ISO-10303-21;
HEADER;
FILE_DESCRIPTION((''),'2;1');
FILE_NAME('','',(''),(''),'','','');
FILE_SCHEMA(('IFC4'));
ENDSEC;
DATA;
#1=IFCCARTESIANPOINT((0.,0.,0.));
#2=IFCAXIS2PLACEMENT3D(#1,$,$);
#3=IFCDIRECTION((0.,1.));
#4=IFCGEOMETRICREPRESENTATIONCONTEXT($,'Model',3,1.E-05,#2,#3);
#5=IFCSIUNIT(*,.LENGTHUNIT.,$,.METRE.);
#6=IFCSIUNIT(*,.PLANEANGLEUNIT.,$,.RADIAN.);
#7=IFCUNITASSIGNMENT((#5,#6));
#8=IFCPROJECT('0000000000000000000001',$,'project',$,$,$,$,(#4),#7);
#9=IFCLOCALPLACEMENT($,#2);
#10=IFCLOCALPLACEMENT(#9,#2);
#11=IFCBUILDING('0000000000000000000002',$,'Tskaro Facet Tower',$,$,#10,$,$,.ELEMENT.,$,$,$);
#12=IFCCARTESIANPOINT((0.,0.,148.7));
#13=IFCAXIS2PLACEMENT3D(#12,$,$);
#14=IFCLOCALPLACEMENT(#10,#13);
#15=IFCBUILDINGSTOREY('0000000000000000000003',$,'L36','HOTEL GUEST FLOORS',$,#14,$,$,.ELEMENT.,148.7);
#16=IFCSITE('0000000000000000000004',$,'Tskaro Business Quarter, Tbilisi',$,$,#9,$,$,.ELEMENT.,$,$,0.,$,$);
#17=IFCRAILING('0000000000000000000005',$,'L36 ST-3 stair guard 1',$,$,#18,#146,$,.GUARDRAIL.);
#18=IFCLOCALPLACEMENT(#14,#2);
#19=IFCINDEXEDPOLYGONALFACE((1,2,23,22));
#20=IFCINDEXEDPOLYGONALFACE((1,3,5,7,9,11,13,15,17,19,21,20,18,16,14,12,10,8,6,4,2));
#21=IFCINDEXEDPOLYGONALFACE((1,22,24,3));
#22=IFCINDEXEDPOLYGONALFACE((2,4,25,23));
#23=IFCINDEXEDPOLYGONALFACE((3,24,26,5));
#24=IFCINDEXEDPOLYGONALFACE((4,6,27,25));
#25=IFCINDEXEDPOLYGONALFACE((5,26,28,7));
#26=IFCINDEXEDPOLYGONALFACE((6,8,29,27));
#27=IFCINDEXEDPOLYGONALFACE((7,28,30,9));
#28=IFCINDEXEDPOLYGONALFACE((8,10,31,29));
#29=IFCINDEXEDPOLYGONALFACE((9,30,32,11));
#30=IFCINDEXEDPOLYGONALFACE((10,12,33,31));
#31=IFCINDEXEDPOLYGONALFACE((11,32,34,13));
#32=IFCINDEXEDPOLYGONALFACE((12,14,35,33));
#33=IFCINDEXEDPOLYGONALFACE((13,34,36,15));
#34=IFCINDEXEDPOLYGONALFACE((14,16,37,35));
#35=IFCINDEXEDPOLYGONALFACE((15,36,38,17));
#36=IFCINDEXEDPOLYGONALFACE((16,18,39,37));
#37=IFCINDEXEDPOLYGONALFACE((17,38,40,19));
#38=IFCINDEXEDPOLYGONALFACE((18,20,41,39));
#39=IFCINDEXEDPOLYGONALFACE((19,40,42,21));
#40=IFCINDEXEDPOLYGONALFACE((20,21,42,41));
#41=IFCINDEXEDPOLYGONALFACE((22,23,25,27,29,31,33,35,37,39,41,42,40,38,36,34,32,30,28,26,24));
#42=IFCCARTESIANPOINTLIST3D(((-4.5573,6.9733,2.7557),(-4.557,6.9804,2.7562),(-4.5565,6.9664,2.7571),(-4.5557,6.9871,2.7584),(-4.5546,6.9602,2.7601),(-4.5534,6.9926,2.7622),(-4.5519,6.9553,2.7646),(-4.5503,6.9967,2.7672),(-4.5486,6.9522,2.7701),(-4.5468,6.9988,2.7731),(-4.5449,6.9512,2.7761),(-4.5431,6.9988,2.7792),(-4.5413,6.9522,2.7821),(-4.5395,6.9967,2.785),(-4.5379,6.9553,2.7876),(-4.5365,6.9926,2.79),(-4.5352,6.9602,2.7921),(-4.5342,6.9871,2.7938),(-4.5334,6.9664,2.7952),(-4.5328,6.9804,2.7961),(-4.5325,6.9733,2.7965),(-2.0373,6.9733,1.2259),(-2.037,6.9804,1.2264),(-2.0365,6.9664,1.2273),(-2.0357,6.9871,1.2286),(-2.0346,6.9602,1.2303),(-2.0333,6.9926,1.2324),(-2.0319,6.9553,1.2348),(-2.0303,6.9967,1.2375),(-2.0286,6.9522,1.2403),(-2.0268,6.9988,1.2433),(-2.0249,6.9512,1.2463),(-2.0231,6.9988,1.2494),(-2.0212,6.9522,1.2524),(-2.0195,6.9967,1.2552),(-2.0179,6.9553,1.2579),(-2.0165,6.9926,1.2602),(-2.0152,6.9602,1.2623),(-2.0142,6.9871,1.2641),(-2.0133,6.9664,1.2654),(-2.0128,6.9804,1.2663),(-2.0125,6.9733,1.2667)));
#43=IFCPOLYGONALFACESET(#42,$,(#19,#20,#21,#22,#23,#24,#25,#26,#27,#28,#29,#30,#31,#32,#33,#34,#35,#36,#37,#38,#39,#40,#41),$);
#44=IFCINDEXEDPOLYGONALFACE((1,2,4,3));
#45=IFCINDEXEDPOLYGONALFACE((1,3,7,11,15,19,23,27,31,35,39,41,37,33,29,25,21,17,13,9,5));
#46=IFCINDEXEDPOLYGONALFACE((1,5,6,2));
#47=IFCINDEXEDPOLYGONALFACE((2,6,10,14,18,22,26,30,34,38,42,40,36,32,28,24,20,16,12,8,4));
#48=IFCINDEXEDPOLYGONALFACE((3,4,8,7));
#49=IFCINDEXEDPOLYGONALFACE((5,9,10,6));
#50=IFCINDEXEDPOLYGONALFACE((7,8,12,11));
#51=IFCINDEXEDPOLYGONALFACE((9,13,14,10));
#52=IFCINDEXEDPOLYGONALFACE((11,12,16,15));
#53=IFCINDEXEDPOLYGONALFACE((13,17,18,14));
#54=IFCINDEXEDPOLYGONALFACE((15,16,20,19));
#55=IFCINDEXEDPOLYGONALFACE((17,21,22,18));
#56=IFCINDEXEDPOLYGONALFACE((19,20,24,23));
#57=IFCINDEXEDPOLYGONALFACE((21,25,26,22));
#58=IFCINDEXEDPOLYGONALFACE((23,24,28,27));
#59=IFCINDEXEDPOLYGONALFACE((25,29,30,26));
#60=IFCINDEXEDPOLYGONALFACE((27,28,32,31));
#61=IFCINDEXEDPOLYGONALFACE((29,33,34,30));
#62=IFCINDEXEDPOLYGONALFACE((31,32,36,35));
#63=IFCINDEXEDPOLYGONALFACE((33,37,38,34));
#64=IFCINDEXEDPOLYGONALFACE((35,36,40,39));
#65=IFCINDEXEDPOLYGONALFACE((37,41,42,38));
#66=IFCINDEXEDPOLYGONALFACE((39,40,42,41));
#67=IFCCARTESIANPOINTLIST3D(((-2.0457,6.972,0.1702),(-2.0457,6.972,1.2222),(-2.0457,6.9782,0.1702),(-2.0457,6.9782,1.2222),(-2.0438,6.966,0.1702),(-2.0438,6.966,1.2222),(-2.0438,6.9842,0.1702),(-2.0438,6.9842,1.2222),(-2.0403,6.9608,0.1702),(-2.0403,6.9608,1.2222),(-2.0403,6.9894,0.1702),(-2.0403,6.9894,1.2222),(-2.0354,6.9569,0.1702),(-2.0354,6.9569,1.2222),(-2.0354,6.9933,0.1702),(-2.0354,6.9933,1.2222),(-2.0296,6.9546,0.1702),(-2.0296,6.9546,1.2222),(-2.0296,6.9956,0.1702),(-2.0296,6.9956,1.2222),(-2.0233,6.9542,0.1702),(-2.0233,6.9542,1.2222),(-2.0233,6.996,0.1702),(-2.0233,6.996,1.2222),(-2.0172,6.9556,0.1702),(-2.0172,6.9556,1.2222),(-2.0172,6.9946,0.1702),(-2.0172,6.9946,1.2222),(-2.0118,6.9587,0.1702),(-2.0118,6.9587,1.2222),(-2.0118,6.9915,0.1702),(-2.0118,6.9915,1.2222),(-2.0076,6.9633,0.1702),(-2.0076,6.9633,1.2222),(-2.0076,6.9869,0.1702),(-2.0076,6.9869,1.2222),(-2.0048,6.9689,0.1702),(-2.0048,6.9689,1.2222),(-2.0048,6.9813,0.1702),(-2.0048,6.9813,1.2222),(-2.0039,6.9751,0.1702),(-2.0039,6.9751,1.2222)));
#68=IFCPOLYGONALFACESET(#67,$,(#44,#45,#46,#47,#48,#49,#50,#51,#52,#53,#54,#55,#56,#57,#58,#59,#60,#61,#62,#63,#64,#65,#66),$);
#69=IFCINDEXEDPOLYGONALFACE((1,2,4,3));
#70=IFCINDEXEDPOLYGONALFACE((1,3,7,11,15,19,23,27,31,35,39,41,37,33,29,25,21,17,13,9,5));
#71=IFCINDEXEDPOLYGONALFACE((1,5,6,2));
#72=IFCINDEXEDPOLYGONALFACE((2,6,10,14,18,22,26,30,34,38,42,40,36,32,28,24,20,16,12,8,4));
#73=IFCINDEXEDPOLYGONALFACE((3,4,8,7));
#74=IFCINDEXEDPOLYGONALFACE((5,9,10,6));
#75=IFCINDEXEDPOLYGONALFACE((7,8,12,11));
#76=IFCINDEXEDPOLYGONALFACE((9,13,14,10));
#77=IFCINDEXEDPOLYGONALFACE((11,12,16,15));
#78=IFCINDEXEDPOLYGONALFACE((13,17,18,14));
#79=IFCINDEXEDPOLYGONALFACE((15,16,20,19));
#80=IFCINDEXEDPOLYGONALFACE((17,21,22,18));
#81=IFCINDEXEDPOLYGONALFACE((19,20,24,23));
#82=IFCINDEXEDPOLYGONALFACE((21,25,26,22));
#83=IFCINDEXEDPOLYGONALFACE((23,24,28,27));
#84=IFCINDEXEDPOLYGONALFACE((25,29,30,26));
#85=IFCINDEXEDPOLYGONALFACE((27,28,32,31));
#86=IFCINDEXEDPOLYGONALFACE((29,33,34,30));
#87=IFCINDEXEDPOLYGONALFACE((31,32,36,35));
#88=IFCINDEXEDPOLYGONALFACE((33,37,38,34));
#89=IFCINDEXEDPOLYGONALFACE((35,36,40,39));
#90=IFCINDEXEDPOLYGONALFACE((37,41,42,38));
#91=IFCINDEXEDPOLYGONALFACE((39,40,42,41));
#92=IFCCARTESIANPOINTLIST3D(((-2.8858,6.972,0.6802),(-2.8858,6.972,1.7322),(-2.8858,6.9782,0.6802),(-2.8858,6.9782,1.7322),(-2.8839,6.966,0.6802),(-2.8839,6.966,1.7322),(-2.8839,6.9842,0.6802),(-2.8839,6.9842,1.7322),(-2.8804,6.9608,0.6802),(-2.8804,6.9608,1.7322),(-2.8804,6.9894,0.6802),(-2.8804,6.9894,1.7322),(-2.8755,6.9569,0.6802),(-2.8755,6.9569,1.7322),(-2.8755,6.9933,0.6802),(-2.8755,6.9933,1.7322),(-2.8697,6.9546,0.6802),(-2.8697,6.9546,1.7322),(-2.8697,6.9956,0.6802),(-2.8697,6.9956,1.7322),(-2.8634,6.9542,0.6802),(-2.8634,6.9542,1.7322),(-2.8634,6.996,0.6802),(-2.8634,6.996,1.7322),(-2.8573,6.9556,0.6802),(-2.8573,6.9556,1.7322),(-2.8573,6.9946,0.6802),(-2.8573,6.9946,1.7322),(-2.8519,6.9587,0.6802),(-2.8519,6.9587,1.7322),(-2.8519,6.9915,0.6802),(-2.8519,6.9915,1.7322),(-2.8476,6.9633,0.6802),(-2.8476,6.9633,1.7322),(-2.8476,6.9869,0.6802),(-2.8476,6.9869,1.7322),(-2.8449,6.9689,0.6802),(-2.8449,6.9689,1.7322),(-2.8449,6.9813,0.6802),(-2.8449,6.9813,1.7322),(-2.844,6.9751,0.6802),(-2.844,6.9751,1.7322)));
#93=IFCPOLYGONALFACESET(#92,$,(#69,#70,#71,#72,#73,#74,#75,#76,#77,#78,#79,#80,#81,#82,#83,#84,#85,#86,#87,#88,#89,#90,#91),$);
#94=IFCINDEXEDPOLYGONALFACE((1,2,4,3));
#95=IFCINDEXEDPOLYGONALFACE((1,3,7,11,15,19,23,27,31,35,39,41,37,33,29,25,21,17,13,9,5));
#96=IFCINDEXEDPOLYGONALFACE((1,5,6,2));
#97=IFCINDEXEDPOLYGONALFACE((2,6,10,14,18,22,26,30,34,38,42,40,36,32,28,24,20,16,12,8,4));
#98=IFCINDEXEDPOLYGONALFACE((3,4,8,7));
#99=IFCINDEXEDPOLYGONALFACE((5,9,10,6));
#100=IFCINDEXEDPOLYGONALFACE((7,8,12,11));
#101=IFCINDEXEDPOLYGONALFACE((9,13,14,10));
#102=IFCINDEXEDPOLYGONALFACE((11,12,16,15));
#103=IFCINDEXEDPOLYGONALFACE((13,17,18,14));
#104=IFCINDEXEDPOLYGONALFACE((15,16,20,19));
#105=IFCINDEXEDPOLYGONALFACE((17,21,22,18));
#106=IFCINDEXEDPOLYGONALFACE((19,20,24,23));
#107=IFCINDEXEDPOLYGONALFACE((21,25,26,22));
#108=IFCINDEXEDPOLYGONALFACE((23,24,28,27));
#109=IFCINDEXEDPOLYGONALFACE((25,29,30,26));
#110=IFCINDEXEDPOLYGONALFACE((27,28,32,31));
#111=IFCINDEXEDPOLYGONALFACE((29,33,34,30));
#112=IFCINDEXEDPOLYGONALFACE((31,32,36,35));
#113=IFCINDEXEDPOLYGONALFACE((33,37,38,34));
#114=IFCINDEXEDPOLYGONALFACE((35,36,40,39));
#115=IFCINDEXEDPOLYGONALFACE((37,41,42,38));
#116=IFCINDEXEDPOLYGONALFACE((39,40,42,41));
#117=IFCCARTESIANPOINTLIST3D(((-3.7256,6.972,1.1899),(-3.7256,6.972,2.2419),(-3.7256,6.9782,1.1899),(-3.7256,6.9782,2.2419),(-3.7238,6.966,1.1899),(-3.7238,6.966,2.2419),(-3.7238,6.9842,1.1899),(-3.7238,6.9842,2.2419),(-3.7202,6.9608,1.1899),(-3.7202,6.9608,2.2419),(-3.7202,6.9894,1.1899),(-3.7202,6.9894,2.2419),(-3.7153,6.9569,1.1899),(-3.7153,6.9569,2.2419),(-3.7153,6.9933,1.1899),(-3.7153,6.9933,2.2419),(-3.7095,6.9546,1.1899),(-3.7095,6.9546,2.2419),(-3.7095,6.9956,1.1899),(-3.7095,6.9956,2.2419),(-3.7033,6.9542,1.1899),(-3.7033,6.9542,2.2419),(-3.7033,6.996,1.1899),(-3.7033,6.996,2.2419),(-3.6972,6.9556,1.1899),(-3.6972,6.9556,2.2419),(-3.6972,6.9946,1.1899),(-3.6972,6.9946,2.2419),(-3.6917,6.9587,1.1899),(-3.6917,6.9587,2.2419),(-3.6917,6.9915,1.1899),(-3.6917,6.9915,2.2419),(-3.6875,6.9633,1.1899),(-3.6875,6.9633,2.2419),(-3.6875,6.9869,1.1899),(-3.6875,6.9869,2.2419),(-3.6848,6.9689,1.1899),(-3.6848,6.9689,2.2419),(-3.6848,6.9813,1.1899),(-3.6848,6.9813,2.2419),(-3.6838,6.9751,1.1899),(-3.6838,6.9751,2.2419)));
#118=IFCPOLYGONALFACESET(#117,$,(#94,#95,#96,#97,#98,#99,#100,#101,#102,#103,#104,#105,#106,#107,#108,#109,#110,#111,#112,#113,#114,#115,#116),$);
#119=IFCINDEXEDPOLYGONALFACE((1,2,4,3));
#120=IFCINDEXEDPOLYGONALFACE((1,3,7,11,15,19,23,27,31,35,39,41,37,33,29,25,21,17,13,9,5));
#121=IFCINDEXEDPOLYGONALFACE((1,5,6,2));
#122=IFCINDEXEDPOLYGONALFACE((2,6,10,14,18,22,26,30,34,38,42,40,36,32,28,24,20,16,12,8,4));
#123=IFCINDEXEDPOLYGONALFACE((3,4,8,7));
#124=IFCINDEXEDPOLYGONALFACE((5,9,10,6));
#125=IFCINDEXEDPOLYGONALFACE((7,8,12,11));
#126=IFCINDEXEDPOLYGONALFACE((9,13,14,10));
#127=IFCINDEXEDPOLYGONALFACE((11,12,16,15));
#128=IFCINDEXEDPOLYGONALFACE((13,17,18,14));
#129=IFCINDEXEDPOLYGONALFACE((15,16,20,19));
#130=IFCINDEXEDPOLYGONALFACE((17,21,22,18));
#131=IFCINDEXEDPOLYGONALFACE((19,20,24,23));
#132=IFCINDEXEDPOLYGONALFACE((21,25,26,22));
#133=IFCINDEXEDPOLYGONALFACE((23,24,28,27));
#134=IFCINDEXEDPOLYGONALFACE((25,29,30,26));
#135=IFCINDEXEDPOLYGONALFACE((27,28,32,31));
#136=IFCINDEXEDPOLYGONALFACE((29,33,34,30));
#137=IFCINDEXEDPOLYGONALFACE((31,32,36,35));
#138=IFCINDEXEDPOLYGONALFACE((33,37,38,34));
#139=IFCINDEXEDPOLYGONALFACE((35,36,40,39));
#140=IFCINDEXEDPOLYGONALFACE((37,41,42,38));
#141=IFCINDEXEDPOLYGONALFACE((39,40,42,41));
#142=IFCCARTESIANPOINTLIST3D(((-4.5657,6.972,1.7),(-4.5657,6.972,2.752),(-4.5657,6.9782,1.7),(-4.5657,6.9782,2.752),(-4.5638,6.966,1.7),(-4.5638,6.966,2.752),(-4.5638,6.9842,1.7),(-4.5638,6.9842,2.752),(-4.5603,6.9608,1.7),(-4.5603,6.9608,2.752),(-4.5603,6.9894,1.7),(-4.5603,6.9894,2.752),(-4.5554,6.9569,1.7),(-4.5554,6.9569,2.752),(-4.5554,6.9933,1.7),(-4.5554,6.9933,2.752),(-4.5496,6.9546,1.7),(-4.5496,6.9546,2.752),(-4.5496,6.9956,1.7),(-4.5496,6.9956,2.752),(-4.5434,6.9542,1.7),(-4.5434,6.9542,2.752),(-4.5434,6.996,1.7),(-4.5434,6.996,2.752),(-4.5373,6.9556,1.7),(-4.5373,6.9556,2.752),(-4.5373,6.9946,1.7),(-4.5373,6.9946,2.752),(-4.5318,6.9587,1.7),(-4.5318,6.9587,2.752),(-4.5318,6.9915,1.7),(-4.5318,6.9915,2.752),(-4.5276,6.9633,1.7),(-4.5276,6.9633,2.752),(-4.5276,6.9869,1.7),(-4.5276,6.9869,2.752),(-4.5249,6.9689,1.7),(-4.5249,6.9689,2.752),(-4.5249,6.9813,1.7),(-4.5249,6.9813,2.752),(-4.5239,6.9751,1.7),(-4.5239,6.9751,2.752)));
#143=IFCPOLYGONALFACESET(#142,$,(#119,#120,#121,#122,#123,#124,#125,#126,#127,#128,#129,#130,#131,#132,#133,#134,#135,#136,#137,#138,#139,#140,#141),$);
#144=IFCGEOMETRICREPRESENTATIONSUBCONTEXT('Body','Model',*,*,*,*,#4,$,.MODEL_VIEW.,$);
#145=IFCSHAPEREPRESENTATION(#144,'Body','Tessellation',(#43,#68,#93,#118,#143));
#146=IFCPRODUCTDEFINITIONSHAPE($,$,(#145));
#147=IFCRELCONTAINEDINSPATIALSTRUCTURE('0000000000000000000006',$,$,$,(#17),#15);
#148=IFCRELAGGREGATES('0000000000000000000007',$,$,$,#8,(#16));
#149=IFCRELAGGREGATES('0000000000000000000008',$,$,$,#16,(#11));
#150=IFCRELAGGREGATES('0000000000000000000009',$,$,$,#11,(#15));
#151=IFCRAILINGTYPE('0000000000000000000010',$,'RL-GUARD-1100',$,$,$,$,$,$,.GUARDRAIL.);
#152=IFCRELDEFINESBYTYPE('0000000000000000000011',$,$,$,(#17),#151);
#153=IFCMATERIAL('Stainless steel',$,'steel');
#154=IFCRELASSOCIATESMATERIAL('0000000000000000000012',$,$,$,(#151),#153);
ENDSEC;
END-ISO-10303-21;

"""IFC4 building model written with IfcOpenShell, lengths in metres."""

from ifc_helpers import new_model, si_unit, direction, frame, origin, origin_2d, place, context, subcontext, project, spatial, circle, extrude, material, type_object, element, save


model = new_model("IFC4")

# Units and contexts
model_context = context("Model", 3, precision=1e-05, world=origin(), true_north=direction((0.0, 1.0)))
body_context = subcontext(model_context, "Body", "Model", "MODEL_VIEW")
ifc_project = project(units=[si_unit("LENGTHUNIT", "METRE"), si_unit("PLANEANGLEUNIT", "RADIAN")], contexts=[model_context])

# Site, building, storey
site_placement = place(None, origin())
site = spatial("IfcSite", under=ifc_project, at=site_placement, Name="Tskaro Business Quarter, Tbilisi", CompositionType="ELEMENT", RefElevation=0.0)
building_placement = place(site_placement, origin())
building = spatial("IfcBuilding", under=site, at=building_placement, Name="Tskaro Facet Tower", CompositionType="ELEMENT")
storey_placement = place(building_placement, frame((0.0, 0.0, 148.7)))
storey = spatial("IfcBuildingStorey", under=building, at=storey_placement, Name="L36", Description="HOTEL GUEST FLOORS", CompositionType="ELEMENT", Elevation=148.7)

# Railing
ifc_material_1 = material(Name="Stainless steel", Category="steel")
railing_type_1 = type_object("IfcRailingType", Name="RL-GUARD-1100", PredefinedType="GUARDRAIL", material=ifc_material_1)
railing_1_placement = place(storey_placement, frame((-2.0249, 6.9751, 0.1702)))
element("IfcRailing", 1, at=railing_1_placement, inside=storey, type_object=railing_type_1, Name="L36 ST-3 stair guard 1", PredefinedType="GUARDRAIL", context=body_context, shape_type="SweptSolid", body=[
    extrude(circle(Radius=0.0239, at=origin_2d()), frame((0.0, 0.0, 1.0762), z_axis=(-0.854822, 0.0, 0.518922), x_axis=(0.0, -1.0, 0.0)), (0.0, 0.0, 1.0), 2.948),
    extrude(circle(Radius=0.021, at=origin_2d()), origin(), (0.0, 0.0, 1.0), 1.052),
    extrude(circle(Radius=0.021, at=origin_2d()), frame((-0.8401, 0.0, 0.51)), (0.0, 0.0, 1.0), 1.052),
    extrude(circle(Radius=0.021, at=origin_2d()), frame((-1.6799, 0.0, 1.0198)), (0.0, 0.0, 1.0), 1.052),
    extrude(circle(Radius=0.021, at=origin_2d()), frame((-2.52, 0.0, 1.5298)), (0.0, 0.0, 1.0), 1.052),
])

save(model, "model.ifc")
